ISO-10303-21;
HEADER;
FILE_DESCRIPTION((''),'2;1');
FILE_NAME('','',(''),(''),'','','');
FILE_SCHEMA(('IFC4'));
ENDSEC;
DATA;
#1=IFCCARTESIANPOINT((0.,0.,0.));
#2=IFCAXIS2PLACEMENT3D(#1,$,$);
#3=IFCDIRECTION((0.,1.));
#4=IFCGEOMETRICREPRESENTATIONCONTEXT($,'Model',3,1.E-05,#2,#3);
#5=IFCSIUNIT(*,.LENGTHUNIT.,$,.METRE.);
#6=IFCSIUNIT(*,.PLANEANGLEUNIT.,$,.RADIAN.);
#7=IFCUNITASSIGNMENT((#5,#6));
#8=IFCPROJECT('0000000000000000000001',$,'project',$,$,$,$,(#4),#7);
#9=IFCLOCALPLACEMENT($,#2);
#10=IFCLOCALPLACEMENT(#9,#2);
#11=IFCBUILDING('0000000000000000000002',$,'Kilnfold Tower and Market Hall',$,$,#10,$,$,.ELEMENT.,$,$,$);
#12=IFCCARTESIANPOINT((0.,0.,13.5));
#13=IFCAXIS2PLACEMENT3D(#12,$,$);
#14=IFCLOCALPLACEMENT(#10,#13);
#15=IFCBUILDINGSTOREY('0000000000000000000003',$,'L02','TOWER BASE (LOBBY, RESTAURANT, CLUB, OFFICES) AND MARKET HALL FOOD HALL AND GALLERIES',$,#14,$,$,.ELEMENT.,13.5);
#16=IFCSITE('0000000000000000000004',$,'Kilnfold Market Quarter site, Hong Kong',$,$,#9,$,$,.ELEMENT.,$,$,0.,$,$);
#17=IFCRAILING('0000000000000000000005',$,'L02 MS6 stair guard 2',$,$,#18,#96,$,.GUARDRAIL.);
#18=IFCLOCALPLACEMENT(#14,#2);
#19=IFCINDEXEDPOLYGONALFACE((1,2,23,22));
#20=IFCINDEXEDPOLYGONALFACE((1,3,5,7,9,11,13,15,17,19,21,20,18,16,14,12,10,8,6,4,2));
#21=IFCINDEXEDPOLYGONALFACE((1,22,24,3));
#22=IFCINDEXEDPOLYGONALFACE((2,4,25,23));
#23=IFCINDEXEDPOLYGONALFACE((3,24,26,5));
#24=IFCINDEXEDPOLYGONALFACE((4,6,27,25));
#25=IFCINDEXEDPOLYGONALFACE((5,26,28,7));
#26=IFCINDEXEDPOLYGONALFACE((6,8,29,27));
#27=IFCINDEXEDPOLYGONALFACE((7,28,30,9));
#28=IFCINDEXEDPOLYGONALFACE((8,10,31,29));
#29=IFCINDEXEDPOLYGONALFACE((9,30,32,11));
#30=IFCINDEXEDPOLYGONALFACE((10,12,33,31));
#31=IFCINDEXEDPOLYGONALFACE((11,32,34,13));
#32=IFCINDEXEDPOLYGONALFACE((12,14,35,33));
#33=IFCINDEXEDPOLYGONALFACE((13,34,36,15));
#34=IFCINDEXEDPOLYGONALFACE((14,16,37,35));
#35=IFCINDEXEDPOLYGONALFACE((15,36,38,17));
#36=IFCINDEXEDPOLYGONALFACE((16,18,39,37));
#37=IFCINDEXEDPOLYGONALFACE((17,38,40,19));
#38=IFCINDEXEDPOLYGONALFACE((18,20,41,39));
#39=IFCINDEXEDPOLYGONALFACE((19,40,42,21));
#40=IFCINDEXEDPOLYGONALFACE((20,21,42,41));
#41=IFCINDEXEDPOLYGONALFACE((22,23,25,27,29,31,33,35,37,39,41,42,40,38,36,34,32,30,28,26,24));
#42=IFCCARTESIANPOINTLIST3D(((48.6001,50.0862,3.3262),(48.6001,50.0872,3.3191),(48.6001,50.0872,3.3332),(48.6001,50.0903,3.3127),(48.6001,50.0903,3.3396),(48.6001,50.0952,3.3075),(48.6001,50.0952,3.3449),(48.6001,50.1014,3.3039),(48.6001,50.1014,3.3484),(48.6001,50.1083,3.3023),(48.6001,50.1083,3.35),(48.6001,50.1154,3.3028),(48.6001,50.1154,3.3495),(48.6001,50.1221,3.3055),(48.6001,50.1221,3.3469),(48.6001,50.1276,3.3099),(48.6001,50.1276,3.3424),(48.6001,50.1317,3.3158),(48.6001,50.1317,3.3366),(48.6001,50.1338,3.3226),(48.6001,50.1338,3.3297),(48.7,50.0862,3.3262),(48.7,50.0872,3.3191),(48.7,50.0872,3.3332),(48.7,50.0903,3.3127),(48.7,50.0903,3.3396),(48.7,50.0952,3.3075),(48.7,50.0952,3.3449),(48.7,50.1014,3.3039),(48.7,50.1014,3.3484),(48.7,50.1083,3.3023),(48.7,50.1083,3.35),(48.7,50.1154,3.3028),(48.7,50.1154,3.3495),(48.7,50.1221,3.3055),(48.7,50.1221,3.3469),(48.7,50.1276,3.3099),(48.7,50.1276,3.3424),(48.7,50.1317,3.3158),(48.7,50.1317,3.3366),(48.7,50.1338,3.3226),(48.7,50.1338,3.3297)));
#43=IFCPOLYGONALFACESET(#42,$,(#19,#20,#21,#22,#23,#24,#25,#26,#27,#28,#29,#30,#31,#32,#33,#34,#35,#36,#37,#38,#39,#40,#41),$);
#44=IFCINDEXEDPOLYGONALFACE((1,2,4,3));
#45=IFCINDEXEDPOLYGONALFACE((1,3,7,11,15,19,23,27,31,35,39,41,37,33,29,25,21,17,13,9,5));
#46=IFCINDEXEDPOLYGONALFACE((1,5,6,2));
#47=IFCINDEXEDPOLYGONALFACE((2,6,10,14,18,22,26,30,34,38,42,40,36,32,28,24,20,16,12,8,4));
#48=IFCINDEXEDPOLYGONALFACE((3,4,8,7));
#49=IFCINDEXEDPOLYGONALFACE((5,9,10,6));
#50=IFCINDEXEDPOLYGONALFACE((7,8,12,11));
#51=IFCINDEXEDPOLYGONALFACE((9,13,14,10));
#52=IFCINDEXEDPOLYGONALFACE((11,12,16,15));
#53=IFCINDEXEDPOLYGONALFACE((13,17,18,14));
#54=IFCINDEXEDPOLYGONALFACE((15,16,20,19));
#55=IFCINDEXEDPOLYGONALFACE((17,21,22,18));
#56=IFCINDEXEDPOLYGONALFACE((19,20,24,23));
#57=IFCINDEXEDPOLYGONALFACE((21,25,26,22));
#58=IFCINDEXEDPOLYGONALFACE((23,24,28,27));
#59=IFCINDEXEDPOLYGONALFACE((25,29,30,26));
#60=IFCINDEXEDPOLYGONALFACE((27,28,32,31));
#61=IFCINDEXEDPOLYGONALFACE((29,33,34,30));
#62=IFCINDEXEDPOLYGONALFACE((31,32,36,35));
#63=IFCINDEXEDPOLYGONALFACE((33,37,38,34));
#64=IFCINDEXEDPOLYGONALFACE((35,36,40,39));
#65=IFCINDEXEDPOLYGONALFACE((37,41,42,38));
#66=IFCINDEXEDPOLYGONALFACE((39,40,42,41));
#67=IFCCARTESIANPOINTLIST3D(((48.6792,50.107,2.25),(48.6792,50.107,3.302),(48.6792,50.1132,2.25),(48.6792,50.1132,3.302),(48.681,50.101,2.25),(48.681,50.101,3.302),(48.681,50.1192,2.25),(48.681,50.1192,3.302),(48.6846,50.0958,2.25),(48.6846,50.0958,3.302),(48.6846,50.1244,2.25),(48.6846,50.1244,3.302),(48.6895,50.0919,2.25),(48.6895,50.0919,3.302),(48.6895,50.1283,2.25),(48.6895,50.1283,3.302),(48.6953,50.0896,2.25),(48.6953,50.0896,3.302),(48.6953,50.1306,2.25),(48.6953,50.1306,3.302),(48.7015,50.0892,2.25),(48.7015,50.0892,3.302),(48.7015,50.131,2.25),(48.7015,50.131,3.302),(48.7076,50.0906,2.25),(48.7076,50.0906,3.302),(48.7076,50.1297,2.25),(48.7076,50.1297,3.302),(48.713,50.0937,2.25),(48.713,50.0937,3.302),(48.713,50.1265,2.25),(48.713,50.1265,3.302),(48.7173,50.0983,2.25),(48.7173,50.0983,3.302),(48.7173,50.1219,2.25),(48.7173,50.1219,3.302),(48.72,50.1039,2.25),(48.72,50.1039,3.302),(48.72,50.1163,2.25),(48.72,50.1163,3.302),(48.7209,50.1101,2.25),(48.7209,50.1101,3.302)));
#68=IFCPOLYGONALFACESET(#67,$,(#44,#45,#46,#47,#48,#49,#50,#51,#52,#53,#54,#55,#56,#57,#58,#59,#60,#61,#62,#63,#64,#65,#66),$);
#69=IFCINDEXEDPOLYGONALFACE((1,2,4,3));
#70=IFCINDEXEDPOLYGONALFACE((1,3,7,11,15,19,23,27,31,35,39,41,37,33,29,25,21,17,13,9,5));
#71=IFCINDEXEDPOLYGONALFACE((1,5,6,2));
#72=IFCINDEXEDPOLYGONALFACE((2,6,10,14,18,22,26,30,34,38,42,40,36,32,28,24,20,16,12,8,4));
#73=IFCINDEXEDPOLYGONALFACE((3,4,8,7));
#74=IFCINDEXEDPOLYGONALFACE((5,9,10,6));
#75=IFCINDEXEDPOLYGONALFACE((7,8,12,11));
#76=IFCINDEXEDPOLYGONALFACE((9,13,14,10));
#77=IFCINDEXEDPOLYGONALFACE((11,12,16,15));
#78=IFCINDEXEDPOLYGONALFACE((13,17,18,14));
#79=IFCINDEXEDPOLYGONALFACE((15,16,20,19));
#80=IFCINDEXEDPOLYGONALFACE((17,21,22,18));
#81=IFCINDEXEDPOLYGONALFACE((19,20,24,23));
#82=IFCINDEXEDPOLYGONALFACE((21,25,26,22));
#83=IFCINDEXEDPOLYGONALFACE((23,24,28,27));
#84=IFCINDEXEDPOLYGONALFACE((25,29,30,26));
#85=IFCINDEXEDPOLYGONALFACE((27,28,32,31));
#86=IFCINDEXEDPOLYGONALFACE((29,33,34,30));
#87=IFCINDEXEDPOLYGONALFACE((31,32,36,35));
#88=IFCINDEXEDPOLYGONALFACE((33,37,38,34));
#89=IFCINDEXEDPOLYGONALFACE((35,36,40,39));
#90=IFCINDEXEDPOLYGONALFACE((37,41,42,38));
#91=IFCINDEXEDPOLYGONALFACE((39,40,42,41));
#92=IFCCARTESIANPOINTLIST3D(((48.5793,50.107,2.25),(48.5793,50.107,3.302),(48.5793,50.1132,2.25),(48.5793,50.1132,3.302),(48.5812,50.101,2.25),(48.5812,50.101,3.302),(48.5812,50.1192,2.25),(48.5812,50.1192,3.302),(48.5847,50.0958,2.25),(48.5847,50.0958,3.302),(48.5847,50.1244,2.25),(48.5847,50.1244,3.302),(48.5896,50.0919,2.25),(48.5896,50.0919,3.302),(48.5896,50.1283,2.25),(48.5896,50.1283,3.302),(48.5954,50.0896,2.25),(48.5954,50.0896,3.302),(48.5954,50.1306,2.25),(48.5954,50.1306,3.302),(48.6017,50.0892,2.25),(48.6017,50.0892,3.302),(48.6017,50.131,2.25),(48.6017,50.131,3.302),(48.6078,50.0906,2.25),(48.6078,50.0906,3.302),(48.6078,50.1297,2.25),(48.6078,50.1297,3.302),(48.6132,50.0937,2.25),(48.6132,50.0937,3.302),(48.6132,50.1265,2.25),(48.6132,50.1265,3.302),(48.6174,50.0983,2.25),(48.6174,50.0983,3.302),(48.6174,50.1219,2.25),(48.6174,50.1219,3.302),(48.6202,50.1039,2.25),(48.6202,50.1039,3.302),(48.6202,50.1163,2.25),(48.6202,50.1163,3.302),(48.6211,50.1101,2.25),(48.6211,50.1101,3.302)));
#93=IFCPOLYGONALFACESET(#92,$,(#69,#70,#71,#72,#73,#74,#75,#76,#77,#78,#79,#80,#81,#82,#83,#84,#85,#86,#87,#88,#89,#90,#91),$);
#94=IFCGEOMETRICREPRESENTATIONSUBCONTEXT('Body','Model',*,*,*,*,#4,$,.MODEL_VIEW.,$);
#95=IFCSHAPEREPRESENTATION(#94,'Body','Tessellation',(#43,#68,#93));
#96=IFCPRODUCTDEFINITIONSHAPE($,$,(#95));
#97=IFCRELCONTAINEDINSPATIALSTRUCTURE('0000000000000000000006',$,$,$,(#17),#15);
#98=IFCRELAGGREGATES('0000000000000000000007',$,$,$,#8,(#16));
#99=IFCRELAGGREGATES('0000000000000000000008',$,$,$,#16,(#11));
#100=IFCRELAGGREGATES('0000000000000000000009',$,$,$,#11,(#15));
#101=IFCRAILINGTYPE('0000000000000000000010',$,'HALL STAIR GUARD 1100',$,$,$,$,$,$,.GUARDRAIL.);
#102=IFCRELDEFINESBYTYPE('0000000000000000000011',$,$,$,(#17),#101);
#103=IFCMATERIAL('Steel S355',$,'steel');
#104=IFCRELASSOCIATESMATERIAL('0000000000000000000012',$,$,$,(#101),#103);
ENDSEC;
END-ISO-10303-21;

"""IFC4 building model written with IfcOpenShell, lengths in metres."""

from ifc_helpers import new_model, si_unit, direction, frame, origin, origin_2d, place, context, subcontext, project, spatial, circle, extrude, material, type_object, element, save


model = new_model("IFC4")

# Units and contexts
model_context = context("Model", 3, precision=1e-05, world=origin(), true_north=direction((0.0, 1.0)))
body_context = subcontext(model_context, "Body", "Model", "MODEL_VIEW")
ifc_project = project(units=[si_unit("LENGTHUNIT", "METRE"), si_unit("PLANEANGLEUNIT", "RADIAN")], contexts=[model_context])

# Site, building, storey
site_placement = place(None, origin())
site = spatial("IfcSite", under=ifc_project, at=site_placement, Name="Kilnfold Market Quarter site, Hong Kong", CompositionType="ELEMENT", RefElevation=0.0)
building_placement = place(site_placement, origin())
building = spatial("IfcBuilding", under=site, at=building_placement, Name="Kilnfold Tower and Market Hall", CompositionType="ELEMENT")
storey_placement = place(building_placement, frame((0.0, 0.0, 13.5)))
storey = spatial("IfcBuildingStorey", under=building, at=storey_placement, Name="L02", Description="TOWER BASE (LOBBY, RESTAURANT, CLUB, OFFICES) AND MARKET HALL FOOD HALL AND GALLERIES", CompositionType="ELEMENT", Elevation=13.5)

# Railing
ifc_material_1 = material(Name="Steel S355", Category="steel")
railing_type_1 = type_object("IfcRailingType", Name="HALL STAIR GUARD 1100", PredefinedType="GUARDRAIL", material=ifc_material_1)
railing_1_placement = place(storey_placement, frame((48.7, 50.1101, 2.25)))
element("IfcRailing", 1, at=railing_1_placement, inside=storey, type_object=railing_type_1, Name="L02 MS6 stair guard 2", PredefinedType="GUARDRAIL", context=body_context, shape_type="SweptSolid", body=[
    extrude(circle(Radius=0.0239, at=origin_2d()), frame((0.0, 0.0, 1.0762), z_axis=(-1.0, 0.0, 0.0), x_axis=(0.0, -1.0, 0.0)), (0.0, 0.0, 1.0), 0.0999),
    extrude(circle(Radius=0.021, at=origin_2d()), origin(), (0.0, 0.0, 1.0), 1.052),
    extrude(circle(Radius=0.021, at=origin_2d()), frame((-0.0999, 0.0, 0.0)), (0.0, 0.0, 1.0), 1.052),
])

save(model, "model.ifc")
